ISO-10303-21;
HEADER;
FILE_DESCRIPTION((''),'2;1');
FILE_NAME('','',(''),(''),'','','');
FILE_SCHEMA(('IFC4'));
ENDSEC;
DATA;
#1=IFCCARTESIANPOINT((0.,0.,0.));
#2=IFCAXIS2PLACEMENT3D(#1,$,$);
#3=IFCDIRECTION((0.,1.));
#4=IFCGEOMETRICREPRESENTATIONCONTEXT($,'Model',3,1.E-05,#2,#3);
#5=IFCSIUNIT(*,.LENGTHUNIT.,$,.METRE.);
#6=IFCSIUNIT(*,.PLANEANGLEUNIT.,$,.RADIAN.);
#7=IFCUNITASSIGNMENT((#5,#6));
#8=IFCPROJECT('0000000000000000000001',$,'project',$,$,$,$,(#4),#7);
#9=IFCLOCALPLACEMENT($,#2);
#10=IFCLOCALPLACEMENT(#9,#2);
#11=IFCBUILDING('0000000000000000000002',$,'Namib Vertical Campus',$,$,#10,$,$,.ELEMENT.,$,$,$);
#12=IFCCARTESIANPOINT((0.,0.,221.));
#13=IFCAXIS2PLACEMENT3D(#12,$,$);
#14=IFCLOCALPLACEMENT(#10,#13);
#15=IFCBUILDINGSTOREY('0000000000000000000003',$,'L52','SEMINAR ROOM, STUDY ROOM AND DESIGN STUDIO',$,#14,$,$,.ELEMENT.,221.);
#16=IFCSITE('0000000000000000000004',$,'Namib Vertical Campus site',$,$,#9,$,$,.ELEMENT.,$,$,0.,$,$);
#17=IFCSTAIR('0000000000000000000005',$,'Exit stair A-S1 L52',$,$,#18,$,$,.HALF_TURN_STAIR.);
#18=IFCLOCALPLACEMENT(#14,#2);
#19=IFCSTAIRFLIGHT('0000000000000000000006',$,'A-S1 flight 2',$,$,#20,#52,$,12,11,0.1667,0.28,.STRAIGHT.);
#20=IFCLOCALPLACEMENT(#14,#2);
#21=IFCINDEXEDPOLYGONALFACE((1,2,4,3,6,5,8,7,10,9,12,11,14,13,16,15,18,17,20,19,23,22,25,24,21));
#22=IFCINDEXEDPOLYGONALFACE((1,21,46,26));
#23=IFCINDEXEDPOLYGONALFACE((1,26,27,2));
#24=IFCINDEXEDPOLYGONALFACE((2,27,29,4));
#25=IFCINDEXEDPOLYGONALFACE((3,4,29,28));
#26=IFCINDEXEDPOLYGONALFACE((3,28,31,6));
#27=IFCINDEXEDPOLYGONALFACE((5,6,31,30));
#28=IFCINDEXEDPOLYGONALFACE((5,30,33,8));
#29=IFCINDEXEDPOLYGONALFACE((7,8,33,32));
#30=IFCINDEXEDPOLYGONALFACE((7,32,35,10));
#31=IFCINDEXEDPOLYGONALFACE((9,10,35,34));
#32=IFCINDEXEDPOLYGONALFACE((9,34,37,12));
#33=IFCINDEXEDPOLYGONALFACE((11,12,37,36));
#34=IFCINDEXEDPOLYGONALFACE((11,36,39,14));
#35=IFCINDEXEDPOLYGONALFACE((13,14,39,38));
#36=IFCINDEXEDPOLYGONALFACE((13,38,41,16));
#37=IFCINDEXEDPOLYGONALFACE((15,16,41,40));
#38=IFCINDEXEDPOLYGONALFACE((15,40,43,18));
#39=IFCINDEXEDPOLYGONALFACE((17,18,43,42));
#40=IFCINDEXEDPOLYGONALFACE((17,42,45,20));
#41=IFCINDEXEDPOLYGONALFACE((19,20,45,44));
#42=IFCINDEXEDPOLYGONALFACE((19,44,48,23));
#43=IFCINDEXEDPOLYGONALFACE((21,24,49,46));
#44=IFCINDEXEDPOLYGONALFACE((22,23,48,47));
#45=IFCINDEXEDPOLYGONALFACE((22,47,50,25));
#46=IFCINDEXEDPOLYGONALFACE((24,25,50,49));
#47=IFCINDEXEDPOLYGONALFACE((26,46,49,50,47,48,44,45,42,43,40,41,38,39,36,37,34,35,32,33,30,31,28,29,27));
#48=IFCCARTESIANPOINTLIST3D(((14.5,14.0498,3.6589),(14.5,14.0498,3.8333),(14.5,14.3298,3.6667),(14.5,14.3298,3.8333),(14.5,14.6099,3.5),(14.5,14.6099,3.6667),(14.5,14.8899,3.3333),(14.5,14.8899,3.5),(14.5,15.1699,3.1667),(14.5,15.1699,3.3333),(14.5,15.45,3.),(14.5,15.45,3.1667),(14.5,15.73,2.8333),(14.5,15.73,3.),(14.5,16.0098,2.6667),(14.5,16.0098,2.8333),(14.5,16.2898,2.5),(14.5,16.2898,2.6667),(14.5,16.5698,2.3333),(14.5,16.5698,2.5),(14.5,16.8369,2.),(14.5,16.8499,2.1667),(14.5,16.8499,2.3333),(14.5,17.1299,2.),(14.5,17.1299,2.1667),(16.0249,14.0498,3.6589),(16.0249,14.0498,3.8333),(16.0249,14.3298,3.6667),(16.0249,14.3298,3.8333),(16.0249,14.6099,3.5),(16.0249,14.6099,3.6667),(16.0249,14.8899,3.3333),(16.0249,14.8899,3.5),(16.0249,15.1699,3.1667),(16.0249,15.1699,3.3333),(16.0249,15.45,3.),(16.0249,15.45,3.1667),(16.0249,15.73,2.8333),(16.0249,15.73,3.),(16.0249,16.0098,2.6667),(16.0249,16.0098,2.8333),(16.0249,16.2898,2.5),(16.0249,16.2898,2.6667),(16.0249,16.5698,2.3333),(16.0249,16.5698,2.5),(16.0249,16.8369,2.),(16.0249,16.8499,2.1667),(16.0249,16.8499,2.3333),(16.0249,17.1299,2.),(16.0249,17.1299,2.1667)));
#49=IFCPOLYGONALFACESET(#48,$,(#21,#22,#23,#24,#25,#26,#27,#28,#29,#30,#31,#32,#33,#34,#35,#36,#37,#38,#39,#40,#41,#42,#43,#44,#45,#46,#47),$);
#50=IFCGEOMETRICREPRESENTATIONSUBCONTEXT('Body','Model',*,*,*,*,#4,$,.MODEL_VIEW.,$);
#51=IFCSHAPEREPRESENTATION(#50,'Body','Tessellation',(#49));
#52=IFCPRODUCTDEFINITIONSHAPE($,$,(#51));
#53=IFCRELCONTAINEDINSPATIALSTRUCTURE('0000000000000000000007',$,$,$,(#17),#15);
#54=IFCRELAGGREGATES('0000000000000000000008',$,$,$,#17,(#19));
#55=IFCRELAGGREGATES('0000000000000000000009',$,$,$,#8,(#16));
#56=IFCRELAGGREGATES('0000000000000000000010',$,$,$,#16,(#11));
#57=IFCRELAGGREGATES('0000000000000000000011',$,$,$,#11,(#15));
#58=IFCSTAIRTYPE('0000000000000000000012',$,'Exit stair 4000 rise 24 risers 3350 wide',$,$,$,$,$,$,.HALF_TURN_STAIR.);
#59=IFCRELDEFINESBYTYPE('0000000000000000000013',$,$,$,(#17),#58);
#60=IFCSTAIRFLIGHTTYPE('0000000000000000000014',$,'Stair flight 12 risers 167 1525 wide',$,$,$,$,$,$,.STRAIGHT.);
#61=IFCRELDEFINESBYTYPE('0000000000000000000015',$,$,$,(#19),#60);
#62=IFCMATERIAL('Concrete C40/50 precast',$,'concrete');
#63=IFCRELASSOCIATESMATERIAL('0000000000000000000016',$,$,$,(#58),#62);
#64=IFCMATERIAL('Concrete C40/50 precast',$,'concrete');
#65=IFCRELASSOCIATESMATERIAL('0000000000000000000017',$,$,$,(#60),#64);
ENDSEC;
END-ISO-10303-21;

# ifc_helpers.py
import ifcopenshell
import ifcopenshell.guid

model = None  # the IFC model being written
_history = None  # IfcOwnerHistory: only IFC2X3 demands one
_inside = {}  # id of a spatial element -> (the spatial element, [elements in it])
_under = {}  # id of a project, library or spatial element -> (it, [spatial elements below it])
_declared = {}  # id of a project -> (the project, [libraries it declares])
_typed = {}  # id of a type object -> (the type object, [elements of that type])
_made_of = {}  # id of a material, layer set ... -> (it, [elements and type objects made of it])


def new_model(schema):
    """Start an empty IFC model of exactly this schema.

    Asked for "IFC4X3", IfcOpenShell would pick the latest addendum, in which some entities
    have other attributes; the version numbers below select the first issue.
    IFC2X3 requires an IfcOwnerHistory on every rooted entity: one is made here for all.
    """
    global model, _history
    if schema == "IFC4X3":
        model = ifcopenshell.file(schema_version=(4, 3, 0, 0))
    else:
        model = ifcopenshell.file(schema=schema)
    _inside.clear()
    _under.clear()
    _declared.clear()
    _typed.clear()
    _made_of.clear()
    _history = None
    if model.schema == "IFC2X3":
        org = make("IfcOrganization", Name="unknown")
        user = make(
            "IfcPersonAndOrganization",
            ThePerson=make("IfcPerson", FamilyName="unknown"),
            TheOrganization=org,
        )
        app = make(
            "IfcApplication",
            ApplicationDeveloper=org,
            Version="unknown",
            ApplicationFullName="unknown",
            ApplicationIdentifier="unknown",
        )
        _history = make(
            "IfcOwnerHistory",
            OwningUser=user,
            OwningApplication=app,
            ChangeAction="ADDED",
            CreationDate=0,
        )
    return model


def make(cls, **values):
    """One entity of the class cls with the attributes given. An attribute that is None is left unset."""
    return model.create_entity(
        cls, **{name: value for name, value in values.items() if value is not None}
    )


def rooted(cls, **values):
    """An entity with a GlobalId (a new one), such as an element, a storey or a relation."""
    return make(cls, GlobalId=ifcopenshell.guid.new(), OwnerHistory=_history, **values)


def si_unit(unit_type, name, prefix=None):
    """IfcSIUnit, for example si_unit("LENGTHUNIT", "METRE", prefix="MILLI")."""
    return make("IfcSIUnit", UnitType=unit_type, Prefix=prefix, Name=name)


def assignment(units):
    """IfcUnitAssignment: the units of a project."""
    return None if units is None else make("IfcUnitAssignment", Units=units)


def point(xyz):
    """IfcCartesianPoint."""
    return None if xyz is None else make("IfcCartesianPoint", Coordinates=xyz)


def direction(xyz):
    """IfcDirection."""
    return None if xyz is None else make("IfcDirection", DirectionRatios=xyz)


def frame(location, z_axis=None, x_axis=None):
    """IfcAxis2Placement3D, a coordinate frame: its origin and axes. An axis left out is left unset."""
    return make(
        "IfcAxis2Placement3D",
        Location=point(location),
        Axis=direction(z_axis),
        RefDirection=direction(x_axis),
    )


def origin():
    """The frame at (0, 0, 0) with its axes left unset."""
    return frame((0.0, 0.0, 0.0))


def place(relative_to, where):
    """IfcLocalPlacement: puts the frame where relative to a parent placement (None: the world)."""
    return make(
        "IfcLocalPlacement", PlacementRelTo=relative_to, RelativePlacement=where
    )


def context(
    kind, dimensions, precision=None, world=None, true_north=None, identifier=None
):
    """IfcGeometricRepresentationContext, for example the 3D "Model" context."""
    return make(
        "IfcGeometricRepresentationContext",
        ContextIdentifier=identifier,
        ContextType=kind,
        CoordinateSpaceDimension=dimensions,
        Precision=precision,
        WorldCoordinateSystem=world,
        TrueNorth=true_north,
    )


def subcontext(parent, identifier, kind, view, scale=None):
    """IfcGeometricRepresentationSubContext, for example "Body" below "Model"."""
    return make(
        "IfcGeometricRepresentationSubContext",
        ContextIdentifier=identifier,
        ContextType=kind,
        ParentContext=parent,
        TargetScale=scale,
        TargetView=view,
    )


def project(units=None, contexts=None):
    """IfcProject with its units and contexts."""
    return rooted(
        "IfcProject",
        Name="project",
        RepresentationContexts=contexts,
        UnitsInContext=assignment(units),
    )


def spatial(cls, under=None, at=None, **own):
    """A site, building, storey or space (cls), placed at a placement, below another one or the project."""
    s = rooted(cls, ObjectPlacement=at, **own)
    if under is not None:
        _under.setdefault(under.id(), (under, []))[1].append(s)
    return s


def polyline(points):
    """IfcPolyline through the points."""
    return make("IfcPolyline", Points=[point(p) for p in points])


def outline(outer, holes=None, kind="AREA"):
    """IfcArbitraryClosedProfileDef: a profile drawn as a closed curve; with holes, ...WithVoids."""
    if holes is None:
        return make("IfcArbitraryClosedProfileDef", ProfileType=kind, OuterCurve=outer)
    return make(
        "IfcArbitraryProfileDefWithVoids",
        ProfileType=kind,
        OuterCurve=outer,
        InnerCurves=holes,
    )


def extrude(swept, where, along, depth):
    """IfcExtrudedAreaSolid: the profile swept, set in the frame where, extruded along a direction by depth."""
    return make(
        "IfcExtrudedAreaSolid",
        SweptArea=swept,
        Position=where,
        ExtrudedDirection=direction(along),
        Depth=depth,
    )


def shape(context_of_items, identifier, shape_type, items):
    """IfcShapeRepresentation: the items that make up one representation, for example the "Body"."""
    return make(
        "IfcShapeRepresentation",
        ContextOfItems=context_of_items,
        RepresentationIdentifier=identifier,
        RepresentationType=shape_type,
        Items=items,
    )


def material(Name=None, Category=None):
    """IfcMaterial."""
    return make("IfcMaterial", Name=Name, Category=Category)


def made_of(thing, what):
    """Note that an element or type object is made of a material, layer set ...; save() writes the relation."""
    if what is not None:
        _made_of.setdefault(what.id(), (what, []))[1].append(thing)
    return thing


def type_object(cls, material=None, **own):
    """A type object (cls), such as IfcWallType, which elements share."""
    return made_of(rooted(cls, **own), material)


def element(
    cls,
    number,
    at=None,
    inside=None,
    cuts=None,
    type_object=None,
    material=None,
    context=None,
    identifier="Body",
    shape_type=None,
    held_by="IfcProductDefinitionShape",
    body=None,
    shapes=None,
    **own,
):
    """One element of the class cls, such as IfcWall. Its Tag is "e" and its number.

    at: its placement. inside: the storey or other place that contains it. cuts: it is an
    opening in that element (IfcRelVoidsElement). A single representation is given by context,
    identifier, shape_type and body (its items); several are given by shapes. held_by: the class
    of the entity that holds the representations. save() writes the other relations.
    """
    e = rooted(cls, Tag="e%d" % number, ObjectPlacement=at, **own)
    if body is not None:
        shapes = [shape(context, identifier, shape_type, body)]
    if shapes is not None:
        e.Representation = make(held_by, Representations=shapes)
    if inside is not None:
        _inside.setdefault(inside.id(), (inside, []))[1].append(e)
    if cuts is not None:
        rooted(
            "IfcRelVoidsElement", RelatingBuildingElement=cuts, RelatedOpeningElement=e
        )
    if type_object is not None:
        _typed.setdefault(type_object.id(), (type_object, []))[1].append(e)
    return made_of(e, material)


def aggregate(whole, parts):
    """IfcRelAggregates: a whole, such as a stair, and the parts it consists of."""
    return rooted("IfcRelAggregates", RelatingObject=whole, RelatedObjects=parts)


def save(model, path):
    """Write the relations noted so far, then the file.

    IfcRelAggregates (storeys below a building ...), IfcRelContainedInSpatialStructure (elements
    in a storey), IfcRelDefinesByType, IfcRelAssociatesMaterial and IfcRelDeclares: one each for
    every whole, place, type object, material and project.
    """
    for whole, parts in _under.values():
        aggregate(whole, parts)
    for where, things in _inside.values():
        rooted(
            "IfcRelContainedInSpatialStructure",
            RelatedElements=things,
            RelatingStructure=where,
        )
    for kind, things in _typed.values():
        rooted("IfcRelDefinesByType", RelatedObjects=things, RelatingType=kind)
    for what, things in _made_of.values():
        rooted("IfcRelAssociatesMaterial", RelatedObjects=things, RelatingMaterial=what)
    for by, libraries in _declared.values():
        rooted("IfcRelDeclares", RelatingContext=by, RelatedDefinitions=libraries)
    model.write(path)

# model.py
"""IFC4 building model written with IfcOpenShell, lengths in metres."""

from ifc_helpers import new_model, si_unit, direction, frame, origin, place, context, subcontext, project, spatial, polyline, outline, extrude, material, type_object, element, aggregate, save


model = new_model("IFC4")

# Units and contexts
model_context = context("Model", 3, precision=1e-05, world=origin(), true_north=direction((0.0, 1.0)))
body_context = subcontext(model_context, "Body", "Model", "MODEL_VIEW")
ifc_project = project(units=[si_unit("LENGTHUNIT", "METRE"), si_unit("PLANEANGLEUNIT", "RADIAN")], contexts=[model_context])

# Site, building, storey
site_placement = place(None, origin())
site = spatial("IfcSite", under=ifc_project, at=site_placement, Name="Namib Vertical Campus site", CompositionType="ELEMENT", RefElevation=0.0)
building_placement = place(site_placement, origin())
building = spatial("IfcBuilding", under=site, at=building_placement, Name="Namib Vertical Campus", CompositionType="ELEMENT")
storey_placement = place(building_placement, frame((0.0, 0.0, 221.0)))
storey = spatial("IfcBuildingStorey", under=building, at=storey_placement, Name="L52", Description="SEMINAR ROOM, STUDY ROOM AND DESIGN STUDIO", CompositionType="ELEMENT", Elevation=221.0)

# Stair, stair flight
ifc_material_1 = material(Name="Concrete C40/50 precast", Category="concrete")
stair_type = type_object("IfcStairType", Name="Exit stair 4000 rise 24 risers 3350 wide", PredefinedType="HALF_TURN_STAIR", material=ifc_material_1)
stair_placement = place(storey_placement, origin())
stair = element("IfcStair", 1, at=stair_placement, inside=storey, type_object=stair_type, Name="Exit stair A-S1 L52", PredefinedType="HALF_TURN_STAIR")
ifc_material_2 = material(Name="Concrete C40/50 precast", Category="concrete")
stair_flight_type = type_object("IfcStairFlightType", Name="Stair flight 12 risers 167 1525 wide", PredefinedType="STRAIGHT", material=ifc_material_2)
stair_flight_placement = place(storey_placement, frame((15.2625, 17.1299, 2.0), z_axis=(0.0, 0.0, 1.0), x_axis=(0.0, -1.0, 0.0)))
stair_flight = element("IfcStairFlight", 2, at=stair_flight_placement, type_object=stair_flight_type, Name="A-S1 flight 2", NumberOfRisers=12, NumberOfTreads=11, PredefinedType="STRAIGHT", RiserHeight=0.1667, TreadLength=0.28, context=body_context, shape_type="SweptSolid", body=[
    extrude(outline(polyline([(0.0, 0.0), (0.0, 0.1667), (0.28, 0.1667), (0.28, 0.3333), (0.5601, 0.3333), (0.5601, 0.5), (0.8401, 0.5), (0.8401, 0.6667), (1.1201, 0.6667), (1.1201, 0.8333), (1.3999, 0.8333), (1.3999, 1.0), (1.6799, 1.0), (1.6799, 1.1667), (1.96, 1.1667), (1.96, 1.3333), (2.24, 1.3333), (2.24, 1.5), (2.52, 1.5), (2.52, 1.6667), (2.8, 1.6667), (2.8, 1.8333), (3.0801, 1.8333), (3.0801, 2.0), (3.0801, 1.6589), (0.293, 0.0), (0.0, 0.0)])), frame((0.0, 0.7625, 0.0), z_axis=(0.0, -1.0, 0.0), x_axis=(1.0, 0.0, 0.0)), (0.0, 0.0, 1.0), 1.5249),
])
aggregate(stair, [stair_flight])

save(model, "model.ifc")
